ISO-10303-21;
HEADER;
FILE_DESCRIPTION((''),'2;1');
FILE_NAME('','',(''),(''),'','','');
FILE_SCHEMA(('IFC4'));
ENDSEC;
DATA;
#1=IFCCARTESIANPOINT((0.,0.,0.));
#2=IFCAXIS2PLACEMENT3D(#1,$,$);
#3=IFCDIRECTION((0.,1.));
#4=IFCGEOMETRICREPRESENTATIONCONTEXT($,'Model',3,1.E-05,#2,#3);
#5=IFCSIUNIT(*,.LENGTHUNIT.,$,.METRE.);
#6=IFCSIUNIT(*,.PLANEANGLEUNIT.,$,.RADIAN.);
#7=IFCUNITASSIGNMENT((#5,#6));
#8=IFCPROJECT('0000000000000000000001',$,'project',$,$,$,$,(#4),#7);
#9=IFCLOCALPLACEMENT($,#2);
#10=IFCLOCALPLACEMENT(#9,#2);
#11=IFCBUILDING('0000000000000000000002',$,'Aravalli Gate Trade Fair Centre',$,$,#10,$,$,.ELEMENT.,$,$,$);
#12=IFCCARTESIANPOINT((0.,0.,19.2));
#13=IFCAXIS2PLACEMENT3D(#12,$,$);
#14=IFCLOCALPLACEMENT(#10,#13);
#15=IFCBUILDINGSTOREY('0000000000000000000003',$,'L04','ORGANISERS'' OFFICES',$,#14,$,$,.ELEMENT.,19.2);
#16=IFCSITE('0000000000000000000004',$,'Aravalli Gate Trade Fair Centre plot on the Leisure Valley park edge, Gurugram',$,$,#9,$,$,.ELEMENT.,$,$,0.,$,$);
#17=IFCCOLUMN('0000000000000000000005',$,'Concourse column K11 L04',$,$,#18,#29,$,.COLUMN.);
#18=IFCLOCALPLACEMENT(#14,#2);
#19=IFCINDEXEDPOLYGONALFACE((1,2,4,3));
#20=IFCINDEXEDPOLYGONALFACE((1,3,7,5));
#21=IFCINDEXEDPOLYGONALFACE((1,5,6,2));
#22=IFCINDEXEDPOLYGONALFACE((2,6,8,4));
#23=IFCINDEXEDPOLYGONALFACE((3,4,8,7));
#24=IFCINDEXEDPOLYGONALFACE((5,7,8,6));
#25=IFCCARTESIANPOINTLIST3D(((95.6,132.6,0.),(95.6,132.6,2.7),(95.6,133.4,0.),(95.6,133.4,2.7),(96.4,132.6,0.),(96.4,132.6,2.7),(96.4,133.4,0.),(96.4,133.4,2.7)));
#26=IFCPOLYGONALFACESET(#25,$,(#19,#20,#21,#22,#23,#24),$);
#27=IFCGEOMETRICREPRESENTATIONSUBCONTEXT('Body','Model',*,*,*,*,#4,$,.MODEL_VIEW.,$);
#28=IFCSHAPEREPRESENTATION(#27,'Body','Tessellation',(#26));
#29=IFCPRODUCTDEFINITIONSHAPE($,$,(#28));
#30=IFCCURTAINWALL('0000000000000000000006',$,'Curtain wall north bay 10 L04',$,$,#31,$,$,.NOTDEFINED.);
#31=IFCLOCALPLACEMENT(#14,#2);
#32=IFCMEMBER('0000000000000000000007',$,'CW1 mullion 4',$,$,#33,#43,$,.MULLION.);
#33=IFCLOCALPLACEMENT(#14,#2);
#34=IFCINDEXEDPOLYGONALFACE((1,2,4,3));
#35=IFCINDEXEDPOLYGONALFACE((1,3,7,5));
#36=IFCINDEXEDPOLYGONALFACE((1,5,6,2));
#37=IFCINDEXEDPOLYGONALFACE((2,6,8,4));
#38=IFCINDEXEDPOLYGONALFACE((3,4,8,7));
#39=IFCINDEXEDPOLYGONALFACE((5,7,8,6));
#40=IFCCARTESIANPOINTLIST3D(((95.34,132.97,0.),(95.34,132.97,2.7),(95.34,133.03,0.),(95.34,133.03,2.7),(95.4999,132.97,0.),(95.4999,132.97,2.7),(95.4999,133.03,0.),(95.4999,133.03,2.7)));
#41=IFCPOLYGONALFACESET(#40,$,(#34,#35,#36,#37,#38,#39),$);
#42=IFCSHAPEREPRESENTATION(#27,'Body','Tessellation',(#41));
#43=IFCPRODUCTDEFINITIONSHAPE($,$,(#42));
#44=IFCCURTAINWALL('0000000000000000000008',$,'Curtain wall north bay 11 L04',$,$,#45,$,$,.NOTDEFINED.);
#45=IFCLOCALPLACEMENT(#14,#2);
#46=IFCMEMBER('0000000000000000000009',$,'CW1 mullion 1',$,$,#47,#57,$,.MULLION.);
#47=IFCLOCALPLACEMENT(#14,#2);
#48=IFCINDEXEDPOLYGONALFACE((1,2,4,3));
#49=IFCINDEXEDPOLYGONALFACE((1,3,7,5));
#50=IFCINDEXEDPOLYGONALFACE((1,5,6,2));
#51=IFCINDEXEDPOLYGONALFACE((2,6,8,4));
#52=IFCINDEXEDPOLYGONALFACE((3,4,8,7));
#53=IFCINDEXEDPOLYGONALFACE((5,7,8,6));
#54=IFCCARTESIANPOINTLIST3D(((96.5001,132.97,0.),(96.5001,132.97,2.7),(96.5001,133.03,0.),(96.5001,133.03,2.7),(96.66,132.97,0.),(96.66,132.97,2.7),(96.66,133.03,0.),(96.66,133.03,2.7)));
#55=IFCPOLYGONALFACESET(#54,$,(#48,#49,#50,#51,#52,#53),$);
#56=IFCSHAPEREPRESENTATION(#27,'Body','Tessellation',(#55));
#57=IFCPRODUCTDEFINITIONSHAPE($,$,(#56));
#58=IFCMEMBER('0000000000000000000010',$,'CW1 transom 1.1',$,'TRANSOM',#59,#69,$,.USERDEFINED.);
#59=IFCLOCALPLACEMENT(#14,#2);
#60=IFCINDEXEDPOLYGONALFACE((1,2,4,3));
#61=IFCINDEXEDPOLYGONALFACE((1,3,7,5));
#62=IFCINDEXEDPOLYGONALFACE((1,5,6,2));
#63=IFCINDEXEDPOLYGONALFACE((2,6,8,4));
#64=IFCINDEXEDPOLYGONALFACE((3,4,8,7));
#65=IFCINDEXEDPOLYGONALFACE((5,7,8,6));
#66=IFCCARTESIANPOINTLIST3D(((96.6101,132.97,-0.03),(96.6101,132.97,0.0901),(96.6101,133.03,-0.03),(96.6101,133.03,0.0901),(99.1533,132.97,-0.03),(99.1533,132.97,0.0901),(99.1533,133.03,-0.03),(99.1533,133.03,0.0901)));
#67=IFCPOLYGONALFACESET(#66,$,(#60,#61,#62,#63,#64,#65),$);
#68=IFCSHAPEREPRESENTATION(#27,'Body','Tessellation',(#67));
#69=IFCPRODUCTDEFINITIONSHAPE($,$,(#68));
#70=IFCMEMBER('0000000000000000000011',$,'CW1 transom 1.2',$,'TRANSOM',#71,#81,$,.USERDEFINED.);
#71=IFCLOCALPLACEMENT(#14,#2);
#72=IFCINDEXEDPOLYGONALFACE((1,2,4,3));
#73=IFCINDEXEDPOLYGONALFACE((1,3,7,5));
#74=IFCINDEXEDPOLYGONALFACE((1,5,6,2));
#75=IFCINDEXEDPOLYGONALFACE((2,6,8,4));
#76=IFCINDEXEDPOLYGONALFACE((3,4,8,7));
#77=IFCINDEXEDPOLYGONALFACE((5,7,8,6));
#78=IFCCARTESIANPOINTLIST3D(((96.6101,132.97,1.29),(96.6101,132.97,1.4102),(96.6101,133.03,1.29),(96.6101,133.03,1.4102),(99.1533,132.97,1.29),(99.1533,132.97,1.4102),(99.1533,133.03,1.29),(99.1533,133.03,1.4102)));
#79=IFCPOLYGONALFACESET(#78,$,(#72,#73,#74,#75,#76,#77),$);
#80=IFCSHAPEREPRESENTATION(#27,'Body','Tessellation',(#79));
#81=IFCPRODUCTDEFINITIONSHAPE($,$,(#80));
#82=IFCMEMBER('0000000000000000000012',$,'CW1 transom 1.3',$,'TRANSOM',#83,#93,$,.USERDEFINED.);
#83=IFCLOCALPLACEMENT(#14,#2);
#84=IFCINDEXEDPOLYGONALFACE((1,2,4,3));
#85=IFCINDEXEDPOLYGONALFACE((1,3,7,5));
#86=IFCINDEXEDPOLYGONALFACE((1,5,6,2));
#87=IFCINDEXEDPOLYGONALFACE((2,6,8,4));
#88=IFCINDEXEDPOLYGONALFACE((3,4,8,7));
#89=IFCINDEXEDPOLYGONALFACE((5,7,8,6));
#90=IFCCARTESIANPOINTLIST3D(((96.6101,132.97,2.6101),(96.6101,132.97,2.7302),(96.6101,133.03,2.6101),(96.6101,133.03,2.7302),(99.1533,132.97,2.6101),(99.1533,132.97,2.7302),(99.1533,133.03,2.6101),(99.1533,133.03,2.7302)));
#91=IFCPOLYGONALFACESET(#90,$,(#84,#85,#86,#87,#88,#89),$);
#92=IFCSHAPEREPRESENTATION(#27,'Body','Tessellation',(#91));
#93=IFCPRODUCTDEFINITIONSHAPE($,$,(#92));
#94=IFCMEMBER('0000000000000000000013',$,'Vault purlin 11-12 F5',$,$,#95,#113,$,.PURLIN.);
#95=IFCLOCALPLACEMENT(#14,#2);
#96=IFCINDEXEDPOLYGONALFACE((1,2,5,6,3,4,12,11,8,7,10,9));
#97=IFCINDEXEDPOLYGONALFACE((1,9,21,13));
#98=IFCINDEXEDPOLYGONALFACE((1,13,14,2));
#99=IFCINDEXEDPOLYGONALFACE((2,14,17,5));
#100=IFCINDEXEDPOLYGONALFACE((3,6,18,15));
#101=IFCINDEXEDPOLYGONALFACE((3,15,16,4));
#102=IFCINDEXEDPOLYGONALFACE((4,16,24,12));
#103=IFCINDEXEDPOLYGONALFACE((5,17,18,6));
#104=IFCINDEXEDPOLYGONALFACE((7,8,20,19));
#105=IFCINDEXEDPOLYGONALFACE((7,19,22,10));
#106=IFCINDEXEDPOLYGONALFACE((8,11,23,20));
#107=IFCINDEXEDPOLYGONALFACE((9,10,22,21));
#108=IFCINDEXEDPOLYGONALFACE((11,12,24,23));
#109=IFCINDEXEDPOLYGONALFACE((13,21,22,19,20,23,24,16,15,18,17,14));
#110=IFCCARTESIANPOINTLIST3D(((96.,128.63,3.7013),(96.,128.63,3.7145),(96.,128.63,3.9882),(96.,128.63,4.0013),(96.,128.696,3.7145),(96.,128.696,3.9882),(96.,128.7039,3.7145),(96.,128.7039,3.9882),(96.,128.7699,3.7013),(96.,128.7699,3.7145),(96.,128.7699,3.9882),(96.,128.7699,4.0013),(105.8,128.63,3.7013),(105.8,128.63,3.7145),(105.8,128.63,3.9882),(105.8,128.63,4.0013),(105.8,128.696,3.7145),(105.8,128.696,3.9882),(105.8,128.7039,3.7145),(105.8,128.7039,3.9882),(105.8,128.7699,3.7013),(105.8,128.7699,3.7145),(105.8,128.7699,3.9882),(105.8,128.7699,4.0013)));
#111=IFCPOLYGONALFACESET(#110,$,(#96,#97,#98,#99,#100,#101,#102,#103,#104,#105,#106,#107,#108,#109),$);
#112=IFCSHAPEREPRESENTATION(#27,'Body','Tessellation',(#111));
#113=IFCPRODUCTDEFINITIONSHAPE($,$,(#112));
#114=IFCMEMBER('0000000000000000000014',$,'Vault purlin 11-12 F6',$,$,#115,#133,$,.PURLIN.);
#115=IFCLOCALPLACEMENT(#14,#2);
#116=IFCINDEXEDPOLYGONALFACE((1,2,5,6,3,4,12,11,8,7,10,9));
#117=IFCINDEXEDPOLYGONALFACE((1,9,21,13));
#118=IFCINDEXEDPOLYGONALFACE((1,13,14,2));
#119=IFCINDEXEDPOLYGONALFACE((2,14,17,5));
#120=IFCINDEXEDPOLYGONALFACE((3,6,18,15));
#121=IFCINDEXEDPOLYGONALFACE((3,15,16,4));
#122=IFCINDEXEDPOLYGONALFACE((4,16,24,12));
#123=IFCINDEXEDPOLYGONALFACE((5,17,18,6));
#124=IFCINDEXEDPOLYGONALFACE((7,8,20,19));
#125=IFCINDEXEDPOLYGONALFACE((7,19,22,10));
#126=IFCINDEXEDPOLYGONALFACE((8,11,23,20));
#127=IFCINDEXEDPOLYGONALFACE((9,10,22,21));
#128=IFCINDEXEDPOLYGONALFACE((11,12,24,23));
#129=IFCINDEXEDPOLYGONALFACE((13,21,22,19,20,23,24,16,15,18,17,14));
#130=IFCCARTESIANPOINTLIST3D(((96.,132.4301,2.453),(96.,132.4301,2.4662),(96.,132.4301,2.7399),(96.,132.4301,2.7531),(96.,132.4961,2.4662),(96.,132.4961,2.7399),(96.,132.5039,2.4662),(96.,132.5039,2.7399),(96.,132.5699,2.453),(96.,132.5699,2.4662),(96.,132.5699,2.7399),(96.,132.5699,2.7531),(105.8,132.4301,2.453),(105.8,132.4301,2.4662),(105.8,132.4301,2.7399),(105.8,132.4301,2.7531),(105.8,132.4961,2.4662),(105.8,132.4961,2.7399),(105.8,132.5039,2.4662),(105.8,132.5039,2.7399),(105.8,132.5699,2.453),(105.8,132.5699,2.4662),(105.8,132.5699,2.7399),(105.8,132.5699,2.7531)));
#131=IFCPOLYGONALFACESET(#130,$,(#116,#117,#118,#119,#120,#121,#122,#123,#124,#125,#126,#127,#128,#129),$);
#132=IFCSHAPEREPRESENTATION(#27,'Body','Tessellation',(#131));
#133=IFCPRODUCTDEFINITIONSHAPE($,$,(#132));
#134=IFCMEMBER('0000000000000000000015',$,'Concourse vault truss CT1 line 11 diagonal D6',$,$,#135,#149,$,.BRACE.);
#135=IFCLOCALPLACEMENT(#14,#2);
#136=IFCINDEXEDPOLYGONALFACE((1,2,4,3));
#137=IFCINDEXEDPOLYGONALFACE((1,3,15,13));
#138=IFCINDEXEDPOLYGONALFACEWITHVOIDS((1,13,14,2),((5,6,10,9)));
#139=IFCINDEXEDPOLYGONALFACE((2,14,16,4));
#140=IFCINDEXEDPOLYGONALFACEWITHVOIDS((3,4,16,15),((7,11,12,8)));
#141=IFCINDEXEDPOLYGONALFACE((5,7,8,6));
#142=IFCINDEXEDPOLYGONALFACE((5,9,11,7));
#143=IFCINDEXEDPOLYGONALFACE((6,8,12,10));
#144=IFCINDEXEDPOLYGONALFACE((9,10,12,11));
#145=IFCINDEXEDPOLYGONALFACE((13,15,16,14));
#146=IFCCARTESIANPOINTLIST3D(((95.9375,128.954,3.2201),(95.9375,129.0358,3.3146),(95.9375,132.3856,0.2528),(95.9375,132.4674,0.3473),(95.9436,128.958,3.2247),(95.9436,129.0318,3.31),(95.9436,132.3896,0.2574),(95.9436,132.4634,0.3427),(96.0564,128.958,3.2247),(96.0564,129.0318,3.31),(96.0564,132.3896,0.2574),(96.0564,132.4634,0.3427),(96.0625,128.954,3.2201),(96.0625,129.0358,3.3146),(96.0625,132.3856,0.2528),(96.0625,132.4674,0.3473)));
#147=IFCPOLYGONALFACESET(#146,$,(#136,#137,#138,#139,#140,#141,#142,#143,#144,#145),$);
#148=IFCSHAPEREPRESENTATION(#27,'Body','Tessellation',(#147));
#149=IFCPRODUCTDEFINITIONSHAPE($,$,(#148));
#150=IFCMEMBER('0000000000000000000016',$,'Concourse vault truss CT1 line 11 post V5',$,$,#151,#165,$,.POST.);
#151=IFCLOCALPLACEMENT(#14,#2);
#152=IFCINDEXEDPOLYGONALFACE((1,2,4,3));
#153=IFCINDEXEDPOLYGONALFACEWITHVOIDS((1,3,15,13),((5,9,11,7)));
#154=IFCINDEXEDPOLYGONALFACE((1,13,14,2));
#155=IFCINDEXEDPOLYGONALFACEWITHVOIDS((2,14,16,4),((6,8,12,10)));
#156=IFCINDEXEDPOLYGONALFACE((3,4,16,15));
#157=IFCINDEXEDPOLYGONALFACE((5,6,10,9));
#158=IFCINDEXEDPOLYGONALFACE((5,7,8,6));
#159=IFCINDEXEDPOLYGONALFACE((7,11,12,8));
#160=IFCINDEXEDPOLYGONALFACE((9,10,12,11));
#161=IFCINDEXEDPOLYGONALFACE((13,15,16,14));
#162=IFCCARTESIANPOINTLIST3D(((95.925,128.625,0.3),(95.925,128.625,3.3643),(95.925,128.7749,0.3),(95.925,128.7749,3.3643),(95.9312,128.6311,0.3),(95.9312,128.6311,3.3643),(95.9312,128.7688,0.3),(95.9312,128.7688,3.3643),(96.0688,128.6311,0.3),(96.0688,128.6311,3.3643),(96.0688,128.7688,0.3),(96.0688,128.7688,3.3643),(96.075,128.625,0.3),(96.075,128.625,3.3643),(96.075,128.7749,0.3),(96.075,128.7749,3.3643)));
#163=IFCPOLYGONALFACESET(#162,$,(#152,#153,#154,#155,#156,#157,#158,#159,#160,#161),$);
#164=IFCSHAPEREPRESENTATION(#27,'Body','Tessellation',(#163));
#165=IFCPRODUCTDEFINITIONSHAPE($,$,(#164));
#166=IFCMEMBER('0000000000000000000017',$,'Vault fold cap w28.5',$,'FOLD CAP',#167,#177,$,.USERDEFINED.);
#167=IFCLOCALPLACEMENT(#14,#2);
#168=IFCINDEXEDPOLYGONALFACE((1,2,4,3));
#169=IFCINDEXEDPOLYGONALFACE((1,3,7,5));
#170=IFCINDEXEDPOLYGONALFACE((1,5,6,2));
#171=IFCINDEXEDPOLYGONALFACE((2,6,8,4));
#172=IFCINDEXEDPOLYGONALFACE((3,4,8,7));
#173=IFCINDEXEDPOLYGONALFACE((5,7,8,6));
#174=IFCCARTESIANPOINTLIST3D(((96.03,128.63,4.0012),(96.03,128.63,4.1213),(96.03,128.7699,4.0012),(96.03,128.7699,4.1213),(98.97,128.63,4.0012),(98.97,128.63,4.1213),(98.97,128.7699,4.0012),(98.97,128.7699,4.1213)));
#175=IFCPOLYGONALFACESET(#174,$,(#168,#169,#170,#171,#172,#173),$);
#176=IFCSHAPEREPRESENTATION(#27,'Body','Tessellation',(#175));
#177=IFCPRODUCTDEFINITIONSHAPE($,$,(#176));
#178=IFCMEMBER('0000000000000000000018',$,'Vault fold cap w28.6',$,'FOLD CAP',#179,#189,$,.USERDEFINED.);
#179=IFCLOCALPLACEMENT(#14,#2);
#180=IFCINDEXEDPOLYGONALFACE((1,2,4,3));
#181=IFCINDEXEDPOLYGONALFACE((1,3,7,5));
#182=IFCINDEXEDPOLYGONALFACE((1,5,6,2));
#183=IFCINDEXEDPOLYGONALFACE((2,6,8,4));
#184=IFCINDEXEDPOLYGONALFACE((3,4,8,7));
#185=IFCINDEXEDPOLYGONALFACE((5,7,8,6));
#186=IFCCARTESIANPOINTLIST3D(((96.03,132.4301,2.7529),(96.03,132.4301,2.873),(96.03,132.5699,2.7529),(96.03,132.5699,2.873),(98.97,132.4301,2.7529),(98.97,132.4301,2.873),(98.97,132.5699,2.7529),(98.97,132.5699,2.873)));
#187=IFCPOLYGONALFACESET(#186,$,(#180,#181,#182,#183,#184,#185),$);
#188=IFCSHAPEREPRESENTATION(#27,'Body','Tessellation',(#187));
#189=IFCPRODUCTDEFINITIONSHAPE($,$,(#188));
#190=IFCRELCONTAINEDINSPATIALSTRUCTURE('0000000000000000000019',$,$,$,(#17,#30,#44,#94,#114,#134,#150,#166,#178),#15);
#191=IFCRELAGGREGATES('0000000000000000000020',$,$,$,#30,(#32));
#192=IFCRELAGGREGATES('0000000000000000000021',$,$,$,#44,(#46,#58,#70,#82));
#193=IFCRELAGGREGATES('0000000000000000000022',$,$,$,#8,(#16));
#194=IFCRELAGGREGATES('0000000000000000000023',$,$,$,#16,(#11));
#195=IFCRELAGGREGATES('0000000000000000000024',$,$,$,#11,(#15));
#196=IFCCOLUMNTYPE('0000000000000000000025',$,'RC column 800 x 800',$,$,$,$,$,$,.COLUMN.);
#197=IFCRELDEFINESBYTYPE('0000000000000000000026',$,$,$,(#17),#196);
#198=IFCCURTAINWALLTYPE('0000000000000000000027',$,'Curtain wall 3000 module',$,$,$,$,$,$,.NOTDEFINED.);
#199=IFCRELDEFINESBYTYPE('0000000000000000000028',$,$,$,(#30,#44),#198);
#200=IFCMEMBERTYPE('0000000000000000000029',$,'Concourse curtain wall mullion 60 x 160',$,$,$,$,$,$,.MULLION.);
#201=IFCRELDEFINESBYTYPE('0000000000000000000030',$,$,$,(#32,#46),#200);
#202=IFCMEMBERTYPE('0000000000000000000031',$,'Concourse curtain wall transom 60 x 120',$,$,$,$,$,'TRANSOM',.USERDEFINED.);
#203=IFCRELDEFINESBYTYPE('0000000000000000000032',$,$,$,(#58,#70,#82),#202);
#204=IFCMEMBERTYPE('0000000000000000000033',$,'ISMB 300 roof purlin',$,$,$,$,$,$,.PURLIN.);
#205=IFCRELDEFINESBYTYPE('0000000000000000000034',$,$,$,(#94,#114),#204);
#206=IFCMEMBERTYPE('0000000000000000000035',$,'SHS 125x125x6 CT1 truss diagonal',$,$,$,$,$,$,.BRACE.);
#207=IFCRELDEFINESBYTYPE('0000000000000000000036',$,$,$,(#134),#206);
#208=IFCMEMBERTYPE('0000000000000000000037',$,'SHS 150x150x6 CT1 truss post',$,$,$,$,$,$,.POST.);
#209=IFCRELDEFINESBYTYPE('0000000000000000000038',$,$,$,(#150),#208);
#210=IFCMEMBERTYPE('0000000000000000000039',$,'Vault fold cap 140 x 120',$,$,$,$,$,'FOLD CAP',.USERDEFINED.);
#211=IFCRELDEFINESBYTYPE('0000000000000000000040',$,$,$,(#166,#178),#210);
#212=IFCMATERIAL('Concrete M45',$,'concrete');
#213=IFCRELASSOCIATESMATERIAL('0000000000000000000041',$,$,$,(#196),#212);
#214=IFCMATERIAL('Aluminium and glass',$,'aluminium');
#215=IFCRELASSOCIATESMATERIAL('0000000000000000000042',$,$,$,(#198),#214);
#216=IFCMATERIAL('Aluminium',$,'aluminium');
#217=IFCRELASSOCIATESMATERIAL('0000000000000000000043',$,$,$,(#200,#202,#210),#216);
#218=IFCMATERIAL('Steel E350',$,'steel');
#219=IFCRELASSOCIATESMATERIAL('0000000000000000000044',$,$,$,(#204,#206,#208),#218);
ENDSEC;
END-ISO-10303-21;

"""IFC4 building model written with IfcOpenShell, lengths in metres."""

from ifc_helpers import new_model, si_unit, direction, frame, origin, origin_2d, place, context, subcontext, project, spatial, rectangle, hollow_rectangle, i_section, extrude, material, material_profile, profile_set, type_object, element, aggregate, save


model = new_model("IFC4")

# Units and contexts
model_context = context("Model", 3, precision=1e-05, world=origin(), true_north=direction((0.0, 1.0)))
body_context = subcontext(model_context, "Body", "Model", "MODEL_VIEW")
ifc_project = project(units=[si_unit("LENGTHUNIT", "METRE"), si_unit("PLANEANGLEUNIT", "RADIAN")], contexts=[model_context])

# Site, building, storey
site_placement = place(None, origin())
site = spatial("IfcSite", under=ifc_project, at=site_placement, Name="Aravalli Gate Trade Fair Centre plot on the Leisure Valley park edge, Gurugram", CompositionType="ELEMENT", RefElevation=0.0)
building_placement = place(site_placement, origin())
building = spatial("IfcBuilding", under=site, at=building_placement, Name="Aravalli Gate Trade Fair Centre", CompositionType="ELEMENT")
storey_placement = place(building_placement, frame((0.0, 0.0, 19.2)))
storey = spatial("IfcBuildingStorey", under=building, at=storey_placement, Name="L04", Description="ORGANISERS' OFFICES", CompositionType="ELEMENT", Elevation=19.2)

# Column
ifc_material_1 = material(Name="Concrete M45", Category="concrete")
ifc_material_profile_1 = material_profile(ifc_material_1, rectangle(XDim=0.8, YDim=0.8, at=origin_2d()), Name="RC column 800 x 800")
ifc_profile_set_1 = profile_set([ifc_material_profile_1], Name="Concrete M45")
column_type = type_object("IfcColumnType", Name="RC column 800 x 800", PredefinedType="COLUMN", material=ifc_profile_set_1)
column_placement = place(storey_placement, frame((96.0, 133.0, 0.0), z_axis=(0.0, 0.0, 1.0), x_axis=(1.0, 0.0, 0.0)))
element("IfcColumn", 1, at=column_placement, inside=storey, type_object=column_type, Name="Concourse column K11 L04", PredefinedType="COLUMN", context=body_context, shape_type="SweptSolid", body=[
    extrude(rectangle(XDim=0.8, YDim=0.8, at=origin_2d()), origin(), (0.0, 0.0, 1.0), 2.7),
])

# Curtain wall, member
ifc_material_2 = material(Name="Aluminium and glass", Category="aluminium")
curtain_wall_type_1 = type_object("IfcCurtainWallType", Name="Curtain wall 3000 module", PredefinedType="NOTDEFINED", material=ifc_material_2)
curtain_wall_1_placement = place(storey_placement, origin())
curtain_wall_1 = element("IfcCurtainWall", 2, at=curtain_wall_1_placement, inside=storey, type_object=curtain_wall_type_1, Name="Curtain wall north bay 10 L04", PredefinedType="NOTDEFINED")
ifc_material_3 = material(Name="Aluminium", Category="aluminium")
ifc_material_profile_2 = material_profile(ifc_material_3, rectangle(XDim=0.0601, YDim=0.1599, at=origin_2d()), Name="Concourse curtain wall mullion 60 x 160")
ifc_profile_set_2 = profile_set([ifc_material_profile_2], Name="Aluminium")
member_type_1 = type_object("IfcMemberType", Name="Concourse curtain wall mullion 60 x 160", PredefinedType="MULLION", material=ifc_profile_set_2)
member_1_placement = place(storey_placement, frame((95.4199, 133.0, 0.0), z_axis=(0.0, 0.0, 1.0), x_axis=(0.0, 1.0, 0.0)))
member_1 = element("IfcMember", 3, at=member_1_placement, type_object=member_type_1, Name="CW1 mullion 4", PredefinedType="MULLION", context=body_context, shape_type="SweptSolid", body=[
    extrude(rectangle(XDim=0.0601, YDim=0.1599, at=origin_2d()), origin(), (0.0, 0.0, 1.0), 2.7),
])

# Curtain wall, members
curtain_wall_2_placement = place(storey_placement, origin())
curtain_wall_2 = element("IfcCurtainWall", 4, at=curtain_wall_2_placement, inside=storey, type_object=curtain_wall_type_1, Name="Curtain wall north bay 11 L04", PredefinedType="NOTDEFINED")
member_2_placement = place(storey_placement, frame((96.5801, 133.0, 0.0), z_axis=(0.0, 0.0, 1.0), x_axis=(0.0, 1.0, 0.0)))
member_2 = element("IfcMember", 5, at=member_2_placement, type_object=member_type_1, Name="CW1 mullion 1", PredefinedType="MULLION", context=body_context, shape_type="SweptSolid", body=[
    extrude(rectangle(XDim=0.0601, YDim=0.1599, at=origin_2d()), origin(), (0.0, 0.0, 1.0), 2.7),
])
ifc_material_profile_3 = material_profile(ifc_material_3, rectangle(XDim=0.0601, YDim=0.1201, at=origin_2d()), Name="Concourse curtain wall transom 60 x 120")
ifc_profile_set_3 = profile_set([ifc_material_profile_3], Name="Aluminium")
member_type_2 = type_object("IfcMemberType", Name="Concourse curtain wall transom 60 x 120", ElementType="TRANSOM", PredefinedType="USERDEFINED", material=ifc_profile_set_3)
member_3_placement = place(storey_placement, frame((96.6101, 133.0, 0.03), z_axis=(1.0, 0.0, 0.0), x_axis=(0.0, 1.0, 0.0)))
member_3 = element("IfcMember", 6, at=member_3_placement, type_object=member_type_2, Name="CW1 transom 1.1", ObjectType="TRANSOM", PredefinedType="USERDEFINED", context=body_context, shape_type="SweptSolid", body=[
    extrude(rectangle(XDim=0.0601, YDim=0.1201, at=origin_2d()), origin(), (0.0, 0.0, 1.0), 2.5432),
])
member_4_placement = place(storey_placement, frame((96.6101, 133.0, 1.3501), z_axis=(1.0, 0.0, 0.0), x_axis=(0.0, 1.0, 0.0)))
member_4 = element("IfcMember", 7, at=member_4_placement, type_object=member_type_2, Name="CW1 transom 1.2", ObjectType="TRANSOM", PredefinedType="USERDEFINED", context=body_context, shape_type="SweptSolid", body=[
    extrude(rectangle(XDim=0.0601, YDim=0.1201, at=origin_2d()), origin(), (0.0, 0.0, 1.0), 2.5432),
])
member_5_placement = place(storey_placement, frame((96.6101, 133.0, 2.6702), z_axis=(1.0, 0.0, 0.0), x_axis=(0.0, 1.0, 0.0)))
member_5 = element("IfcMember", 8, at=member_5_placement, type_object=member_type_2, Name="CW1 transom 1.3", ObjectType="TRANSOM", PredefinedType="USERDEFINED", context=body_context, shape_type="SweptSolid", body=[
    extrude(rectangle(XDim=0.0601, YDim=0.1201, at=origin_2d()), origin(), (0.0, 0.0, 1.0), 2.5432),
])

# Members
ifc_material_4 = material(Name="Steel E350", Category="steel")
ifc_material_profile_4 = material_profile(ifc_material_4, i_section(OverallWidth=0.1399, OverallDepth=0.3, WebThickness=0.0078, FlangeThickness=0.0132, at=origin_2d()), Name="ISMB 300")
ifc_profile_set_4 = profile_set([ifc_material_profile_4], Name="Steel E350")
member_type_3 = type_object("IfcMemberType", Name="ISMB 300 roof purlin", PredefinedType="PURLIN", material=ifc_profile_set_4)
for number, where, z_axis, x_axis, name in (
    (9, (96.0, 128.7, 3.8513), (1.0, 0.0, 0.0), (0.0, 1.0, 0.0), "Vault purlin 11-12 F5"),
    (10, (96.0, 132.5, 2.603), (1.0, 0.0, 0.0), (0.0, 1.0, 0.0), "Vault purlin 11-12 F6"),
):
    element("IfcMember", number, at=place(storey_placement, frame(where, z_axis=z_axis, x_axis=x_axis)), inside=storey, type_object=member_type_3, Name=name, PredefinedType="PURLIN", context=body_context, shape_type="SweptSolid", body=[
        extrude(i_section(OverallWidth=0.1399, OverallDepth=0.3, WebThickness=0.0078, FlangeThickness=0.0132, at=origin_2d()), origin(), (0.0, 0.0, 1.0), 9.8),
    ])
ifc_material_profile_5 = material_profile(ifc_material_4, hollow_rectangle(XDim=0.125, YDim=0.125, WallThickness=0.0061, at=origin_2d()), Name="SHS 125x125x6")
ifc_profile_set_5 = profile_set([ifc_material_profile_5], Name="Steel E350")
member_type_4 = type_object("IfcMemberType", Name="SHS 125x125x6 CT1 truss diagonal", PredefinedType="BRACE", material=ifc_profile_set_5)
member_6_placement = place(storey_placement, frame((96.0, 128.9949, 3.2673), z_axis=(0.0, 0.756431, -0.654074), x_axis=(-1.0, 0.0, 0.0)))
element("IfcMember", 11, at=member_6_placement, inside=storey, type_object=member_type_4, Name="Concourse vault truss CT1 line 11 diagonal D6", PredefinedType="BRACE", context=body_context, shape_type="SweptSolid", body=[
    extrude(hollow_rectangle(XDim=0.125, YDim=0.125, WallThickness=0.0061, at=origin_2d()), origin(), (0.0, 0.0, 1.0), 4.5366),
])
ifc_material_profile_6 = material_profile(ifc_material_4, hollow_rectangle(XDim=0.1499, YDim=0.1499, WallThickness=0.0061, at=origin_2d()), Name="SHS 150x150x6")
ifc_profile_set_6 = profile_set([ifc_material_profile_6], Name="Steel E350")
member_type_5 = type_object("IfcMemberType", Name="SHS 150x150x6 CT1 truss post", PredefinedType="POST", material=ifc_profile_set_6)
member_7_placement = place(storey_placement, frame((96.0, 128.7, 0.3), z_axis=(0.0, 0.0, 1.0), x_axis=(1.0, 0.0, 0.0)))
element("IfcMember", 12, at=member_7_placement, inside=storey, type_object=member_type_5, Name="Concourse vault truss CT1 line 11 post V5", PredefinedType="POST", context=body_context, shape_type="SweptSolid", body=[
    extrude(hollow_rectangle(XDim=0.1499, YDim=0.1499, WallThickness=0.0061, at=origin_2d()), origin(), (0.0, 0.0, 1.0), 3.0642),
])
ifc_material_profile_7 = material_profile(ifc_material_3, rectangle(XDim=0.1399, YDim=0.1201, at=origin_2d()), Name="Vault fold cap 140 x 120")
ifc_profile_set_7 = profile_set([ifc_material_profile_7], Name="Aluminium")
member_type_6 = type_object("IfcMemberType", Name="Vault fold cap 140 x 120", ElementType="FOLD CAP", PredefinedType="USERDEFINED", material=ifc_profile_set_7)
for number, where, z_axis, x_axis, name in (
    (13, (96.03, 128.7, 4.0613), (1.0, 0.0, 0.0), (0.0, 1.0, 0.0), "Vault fold cap w28.5"),
    (14, (96.03, 132.5, 2.813), (1.0, 0.0, 0.0), (0.0, 1.0, 0.0), "Vault fold cap w28.6"),
):
    element("IfcMember", number, at=place(storey_placement, frame(where, z_axis=z_axis, x_axis=x_axis)), inside=storey, type_object=member_type_6, Name=name, ObjectType="FOLD CAP", PredefinedType="USERDEFINED", context=body_context, shape_type="SweptSolid", body=[
        extrude(rectangle(XDim=0.1399, YDim=0.1201, at=origin_2d()), origin(), (0.0, 0.0, 1.0), 2.9399),
    ])

aggregate(curtain_wall_1, [member_1])
aggregate(curtain_wall_2, [member_2, member_3, member_4, member_5])

save(model, "model.ifc")
